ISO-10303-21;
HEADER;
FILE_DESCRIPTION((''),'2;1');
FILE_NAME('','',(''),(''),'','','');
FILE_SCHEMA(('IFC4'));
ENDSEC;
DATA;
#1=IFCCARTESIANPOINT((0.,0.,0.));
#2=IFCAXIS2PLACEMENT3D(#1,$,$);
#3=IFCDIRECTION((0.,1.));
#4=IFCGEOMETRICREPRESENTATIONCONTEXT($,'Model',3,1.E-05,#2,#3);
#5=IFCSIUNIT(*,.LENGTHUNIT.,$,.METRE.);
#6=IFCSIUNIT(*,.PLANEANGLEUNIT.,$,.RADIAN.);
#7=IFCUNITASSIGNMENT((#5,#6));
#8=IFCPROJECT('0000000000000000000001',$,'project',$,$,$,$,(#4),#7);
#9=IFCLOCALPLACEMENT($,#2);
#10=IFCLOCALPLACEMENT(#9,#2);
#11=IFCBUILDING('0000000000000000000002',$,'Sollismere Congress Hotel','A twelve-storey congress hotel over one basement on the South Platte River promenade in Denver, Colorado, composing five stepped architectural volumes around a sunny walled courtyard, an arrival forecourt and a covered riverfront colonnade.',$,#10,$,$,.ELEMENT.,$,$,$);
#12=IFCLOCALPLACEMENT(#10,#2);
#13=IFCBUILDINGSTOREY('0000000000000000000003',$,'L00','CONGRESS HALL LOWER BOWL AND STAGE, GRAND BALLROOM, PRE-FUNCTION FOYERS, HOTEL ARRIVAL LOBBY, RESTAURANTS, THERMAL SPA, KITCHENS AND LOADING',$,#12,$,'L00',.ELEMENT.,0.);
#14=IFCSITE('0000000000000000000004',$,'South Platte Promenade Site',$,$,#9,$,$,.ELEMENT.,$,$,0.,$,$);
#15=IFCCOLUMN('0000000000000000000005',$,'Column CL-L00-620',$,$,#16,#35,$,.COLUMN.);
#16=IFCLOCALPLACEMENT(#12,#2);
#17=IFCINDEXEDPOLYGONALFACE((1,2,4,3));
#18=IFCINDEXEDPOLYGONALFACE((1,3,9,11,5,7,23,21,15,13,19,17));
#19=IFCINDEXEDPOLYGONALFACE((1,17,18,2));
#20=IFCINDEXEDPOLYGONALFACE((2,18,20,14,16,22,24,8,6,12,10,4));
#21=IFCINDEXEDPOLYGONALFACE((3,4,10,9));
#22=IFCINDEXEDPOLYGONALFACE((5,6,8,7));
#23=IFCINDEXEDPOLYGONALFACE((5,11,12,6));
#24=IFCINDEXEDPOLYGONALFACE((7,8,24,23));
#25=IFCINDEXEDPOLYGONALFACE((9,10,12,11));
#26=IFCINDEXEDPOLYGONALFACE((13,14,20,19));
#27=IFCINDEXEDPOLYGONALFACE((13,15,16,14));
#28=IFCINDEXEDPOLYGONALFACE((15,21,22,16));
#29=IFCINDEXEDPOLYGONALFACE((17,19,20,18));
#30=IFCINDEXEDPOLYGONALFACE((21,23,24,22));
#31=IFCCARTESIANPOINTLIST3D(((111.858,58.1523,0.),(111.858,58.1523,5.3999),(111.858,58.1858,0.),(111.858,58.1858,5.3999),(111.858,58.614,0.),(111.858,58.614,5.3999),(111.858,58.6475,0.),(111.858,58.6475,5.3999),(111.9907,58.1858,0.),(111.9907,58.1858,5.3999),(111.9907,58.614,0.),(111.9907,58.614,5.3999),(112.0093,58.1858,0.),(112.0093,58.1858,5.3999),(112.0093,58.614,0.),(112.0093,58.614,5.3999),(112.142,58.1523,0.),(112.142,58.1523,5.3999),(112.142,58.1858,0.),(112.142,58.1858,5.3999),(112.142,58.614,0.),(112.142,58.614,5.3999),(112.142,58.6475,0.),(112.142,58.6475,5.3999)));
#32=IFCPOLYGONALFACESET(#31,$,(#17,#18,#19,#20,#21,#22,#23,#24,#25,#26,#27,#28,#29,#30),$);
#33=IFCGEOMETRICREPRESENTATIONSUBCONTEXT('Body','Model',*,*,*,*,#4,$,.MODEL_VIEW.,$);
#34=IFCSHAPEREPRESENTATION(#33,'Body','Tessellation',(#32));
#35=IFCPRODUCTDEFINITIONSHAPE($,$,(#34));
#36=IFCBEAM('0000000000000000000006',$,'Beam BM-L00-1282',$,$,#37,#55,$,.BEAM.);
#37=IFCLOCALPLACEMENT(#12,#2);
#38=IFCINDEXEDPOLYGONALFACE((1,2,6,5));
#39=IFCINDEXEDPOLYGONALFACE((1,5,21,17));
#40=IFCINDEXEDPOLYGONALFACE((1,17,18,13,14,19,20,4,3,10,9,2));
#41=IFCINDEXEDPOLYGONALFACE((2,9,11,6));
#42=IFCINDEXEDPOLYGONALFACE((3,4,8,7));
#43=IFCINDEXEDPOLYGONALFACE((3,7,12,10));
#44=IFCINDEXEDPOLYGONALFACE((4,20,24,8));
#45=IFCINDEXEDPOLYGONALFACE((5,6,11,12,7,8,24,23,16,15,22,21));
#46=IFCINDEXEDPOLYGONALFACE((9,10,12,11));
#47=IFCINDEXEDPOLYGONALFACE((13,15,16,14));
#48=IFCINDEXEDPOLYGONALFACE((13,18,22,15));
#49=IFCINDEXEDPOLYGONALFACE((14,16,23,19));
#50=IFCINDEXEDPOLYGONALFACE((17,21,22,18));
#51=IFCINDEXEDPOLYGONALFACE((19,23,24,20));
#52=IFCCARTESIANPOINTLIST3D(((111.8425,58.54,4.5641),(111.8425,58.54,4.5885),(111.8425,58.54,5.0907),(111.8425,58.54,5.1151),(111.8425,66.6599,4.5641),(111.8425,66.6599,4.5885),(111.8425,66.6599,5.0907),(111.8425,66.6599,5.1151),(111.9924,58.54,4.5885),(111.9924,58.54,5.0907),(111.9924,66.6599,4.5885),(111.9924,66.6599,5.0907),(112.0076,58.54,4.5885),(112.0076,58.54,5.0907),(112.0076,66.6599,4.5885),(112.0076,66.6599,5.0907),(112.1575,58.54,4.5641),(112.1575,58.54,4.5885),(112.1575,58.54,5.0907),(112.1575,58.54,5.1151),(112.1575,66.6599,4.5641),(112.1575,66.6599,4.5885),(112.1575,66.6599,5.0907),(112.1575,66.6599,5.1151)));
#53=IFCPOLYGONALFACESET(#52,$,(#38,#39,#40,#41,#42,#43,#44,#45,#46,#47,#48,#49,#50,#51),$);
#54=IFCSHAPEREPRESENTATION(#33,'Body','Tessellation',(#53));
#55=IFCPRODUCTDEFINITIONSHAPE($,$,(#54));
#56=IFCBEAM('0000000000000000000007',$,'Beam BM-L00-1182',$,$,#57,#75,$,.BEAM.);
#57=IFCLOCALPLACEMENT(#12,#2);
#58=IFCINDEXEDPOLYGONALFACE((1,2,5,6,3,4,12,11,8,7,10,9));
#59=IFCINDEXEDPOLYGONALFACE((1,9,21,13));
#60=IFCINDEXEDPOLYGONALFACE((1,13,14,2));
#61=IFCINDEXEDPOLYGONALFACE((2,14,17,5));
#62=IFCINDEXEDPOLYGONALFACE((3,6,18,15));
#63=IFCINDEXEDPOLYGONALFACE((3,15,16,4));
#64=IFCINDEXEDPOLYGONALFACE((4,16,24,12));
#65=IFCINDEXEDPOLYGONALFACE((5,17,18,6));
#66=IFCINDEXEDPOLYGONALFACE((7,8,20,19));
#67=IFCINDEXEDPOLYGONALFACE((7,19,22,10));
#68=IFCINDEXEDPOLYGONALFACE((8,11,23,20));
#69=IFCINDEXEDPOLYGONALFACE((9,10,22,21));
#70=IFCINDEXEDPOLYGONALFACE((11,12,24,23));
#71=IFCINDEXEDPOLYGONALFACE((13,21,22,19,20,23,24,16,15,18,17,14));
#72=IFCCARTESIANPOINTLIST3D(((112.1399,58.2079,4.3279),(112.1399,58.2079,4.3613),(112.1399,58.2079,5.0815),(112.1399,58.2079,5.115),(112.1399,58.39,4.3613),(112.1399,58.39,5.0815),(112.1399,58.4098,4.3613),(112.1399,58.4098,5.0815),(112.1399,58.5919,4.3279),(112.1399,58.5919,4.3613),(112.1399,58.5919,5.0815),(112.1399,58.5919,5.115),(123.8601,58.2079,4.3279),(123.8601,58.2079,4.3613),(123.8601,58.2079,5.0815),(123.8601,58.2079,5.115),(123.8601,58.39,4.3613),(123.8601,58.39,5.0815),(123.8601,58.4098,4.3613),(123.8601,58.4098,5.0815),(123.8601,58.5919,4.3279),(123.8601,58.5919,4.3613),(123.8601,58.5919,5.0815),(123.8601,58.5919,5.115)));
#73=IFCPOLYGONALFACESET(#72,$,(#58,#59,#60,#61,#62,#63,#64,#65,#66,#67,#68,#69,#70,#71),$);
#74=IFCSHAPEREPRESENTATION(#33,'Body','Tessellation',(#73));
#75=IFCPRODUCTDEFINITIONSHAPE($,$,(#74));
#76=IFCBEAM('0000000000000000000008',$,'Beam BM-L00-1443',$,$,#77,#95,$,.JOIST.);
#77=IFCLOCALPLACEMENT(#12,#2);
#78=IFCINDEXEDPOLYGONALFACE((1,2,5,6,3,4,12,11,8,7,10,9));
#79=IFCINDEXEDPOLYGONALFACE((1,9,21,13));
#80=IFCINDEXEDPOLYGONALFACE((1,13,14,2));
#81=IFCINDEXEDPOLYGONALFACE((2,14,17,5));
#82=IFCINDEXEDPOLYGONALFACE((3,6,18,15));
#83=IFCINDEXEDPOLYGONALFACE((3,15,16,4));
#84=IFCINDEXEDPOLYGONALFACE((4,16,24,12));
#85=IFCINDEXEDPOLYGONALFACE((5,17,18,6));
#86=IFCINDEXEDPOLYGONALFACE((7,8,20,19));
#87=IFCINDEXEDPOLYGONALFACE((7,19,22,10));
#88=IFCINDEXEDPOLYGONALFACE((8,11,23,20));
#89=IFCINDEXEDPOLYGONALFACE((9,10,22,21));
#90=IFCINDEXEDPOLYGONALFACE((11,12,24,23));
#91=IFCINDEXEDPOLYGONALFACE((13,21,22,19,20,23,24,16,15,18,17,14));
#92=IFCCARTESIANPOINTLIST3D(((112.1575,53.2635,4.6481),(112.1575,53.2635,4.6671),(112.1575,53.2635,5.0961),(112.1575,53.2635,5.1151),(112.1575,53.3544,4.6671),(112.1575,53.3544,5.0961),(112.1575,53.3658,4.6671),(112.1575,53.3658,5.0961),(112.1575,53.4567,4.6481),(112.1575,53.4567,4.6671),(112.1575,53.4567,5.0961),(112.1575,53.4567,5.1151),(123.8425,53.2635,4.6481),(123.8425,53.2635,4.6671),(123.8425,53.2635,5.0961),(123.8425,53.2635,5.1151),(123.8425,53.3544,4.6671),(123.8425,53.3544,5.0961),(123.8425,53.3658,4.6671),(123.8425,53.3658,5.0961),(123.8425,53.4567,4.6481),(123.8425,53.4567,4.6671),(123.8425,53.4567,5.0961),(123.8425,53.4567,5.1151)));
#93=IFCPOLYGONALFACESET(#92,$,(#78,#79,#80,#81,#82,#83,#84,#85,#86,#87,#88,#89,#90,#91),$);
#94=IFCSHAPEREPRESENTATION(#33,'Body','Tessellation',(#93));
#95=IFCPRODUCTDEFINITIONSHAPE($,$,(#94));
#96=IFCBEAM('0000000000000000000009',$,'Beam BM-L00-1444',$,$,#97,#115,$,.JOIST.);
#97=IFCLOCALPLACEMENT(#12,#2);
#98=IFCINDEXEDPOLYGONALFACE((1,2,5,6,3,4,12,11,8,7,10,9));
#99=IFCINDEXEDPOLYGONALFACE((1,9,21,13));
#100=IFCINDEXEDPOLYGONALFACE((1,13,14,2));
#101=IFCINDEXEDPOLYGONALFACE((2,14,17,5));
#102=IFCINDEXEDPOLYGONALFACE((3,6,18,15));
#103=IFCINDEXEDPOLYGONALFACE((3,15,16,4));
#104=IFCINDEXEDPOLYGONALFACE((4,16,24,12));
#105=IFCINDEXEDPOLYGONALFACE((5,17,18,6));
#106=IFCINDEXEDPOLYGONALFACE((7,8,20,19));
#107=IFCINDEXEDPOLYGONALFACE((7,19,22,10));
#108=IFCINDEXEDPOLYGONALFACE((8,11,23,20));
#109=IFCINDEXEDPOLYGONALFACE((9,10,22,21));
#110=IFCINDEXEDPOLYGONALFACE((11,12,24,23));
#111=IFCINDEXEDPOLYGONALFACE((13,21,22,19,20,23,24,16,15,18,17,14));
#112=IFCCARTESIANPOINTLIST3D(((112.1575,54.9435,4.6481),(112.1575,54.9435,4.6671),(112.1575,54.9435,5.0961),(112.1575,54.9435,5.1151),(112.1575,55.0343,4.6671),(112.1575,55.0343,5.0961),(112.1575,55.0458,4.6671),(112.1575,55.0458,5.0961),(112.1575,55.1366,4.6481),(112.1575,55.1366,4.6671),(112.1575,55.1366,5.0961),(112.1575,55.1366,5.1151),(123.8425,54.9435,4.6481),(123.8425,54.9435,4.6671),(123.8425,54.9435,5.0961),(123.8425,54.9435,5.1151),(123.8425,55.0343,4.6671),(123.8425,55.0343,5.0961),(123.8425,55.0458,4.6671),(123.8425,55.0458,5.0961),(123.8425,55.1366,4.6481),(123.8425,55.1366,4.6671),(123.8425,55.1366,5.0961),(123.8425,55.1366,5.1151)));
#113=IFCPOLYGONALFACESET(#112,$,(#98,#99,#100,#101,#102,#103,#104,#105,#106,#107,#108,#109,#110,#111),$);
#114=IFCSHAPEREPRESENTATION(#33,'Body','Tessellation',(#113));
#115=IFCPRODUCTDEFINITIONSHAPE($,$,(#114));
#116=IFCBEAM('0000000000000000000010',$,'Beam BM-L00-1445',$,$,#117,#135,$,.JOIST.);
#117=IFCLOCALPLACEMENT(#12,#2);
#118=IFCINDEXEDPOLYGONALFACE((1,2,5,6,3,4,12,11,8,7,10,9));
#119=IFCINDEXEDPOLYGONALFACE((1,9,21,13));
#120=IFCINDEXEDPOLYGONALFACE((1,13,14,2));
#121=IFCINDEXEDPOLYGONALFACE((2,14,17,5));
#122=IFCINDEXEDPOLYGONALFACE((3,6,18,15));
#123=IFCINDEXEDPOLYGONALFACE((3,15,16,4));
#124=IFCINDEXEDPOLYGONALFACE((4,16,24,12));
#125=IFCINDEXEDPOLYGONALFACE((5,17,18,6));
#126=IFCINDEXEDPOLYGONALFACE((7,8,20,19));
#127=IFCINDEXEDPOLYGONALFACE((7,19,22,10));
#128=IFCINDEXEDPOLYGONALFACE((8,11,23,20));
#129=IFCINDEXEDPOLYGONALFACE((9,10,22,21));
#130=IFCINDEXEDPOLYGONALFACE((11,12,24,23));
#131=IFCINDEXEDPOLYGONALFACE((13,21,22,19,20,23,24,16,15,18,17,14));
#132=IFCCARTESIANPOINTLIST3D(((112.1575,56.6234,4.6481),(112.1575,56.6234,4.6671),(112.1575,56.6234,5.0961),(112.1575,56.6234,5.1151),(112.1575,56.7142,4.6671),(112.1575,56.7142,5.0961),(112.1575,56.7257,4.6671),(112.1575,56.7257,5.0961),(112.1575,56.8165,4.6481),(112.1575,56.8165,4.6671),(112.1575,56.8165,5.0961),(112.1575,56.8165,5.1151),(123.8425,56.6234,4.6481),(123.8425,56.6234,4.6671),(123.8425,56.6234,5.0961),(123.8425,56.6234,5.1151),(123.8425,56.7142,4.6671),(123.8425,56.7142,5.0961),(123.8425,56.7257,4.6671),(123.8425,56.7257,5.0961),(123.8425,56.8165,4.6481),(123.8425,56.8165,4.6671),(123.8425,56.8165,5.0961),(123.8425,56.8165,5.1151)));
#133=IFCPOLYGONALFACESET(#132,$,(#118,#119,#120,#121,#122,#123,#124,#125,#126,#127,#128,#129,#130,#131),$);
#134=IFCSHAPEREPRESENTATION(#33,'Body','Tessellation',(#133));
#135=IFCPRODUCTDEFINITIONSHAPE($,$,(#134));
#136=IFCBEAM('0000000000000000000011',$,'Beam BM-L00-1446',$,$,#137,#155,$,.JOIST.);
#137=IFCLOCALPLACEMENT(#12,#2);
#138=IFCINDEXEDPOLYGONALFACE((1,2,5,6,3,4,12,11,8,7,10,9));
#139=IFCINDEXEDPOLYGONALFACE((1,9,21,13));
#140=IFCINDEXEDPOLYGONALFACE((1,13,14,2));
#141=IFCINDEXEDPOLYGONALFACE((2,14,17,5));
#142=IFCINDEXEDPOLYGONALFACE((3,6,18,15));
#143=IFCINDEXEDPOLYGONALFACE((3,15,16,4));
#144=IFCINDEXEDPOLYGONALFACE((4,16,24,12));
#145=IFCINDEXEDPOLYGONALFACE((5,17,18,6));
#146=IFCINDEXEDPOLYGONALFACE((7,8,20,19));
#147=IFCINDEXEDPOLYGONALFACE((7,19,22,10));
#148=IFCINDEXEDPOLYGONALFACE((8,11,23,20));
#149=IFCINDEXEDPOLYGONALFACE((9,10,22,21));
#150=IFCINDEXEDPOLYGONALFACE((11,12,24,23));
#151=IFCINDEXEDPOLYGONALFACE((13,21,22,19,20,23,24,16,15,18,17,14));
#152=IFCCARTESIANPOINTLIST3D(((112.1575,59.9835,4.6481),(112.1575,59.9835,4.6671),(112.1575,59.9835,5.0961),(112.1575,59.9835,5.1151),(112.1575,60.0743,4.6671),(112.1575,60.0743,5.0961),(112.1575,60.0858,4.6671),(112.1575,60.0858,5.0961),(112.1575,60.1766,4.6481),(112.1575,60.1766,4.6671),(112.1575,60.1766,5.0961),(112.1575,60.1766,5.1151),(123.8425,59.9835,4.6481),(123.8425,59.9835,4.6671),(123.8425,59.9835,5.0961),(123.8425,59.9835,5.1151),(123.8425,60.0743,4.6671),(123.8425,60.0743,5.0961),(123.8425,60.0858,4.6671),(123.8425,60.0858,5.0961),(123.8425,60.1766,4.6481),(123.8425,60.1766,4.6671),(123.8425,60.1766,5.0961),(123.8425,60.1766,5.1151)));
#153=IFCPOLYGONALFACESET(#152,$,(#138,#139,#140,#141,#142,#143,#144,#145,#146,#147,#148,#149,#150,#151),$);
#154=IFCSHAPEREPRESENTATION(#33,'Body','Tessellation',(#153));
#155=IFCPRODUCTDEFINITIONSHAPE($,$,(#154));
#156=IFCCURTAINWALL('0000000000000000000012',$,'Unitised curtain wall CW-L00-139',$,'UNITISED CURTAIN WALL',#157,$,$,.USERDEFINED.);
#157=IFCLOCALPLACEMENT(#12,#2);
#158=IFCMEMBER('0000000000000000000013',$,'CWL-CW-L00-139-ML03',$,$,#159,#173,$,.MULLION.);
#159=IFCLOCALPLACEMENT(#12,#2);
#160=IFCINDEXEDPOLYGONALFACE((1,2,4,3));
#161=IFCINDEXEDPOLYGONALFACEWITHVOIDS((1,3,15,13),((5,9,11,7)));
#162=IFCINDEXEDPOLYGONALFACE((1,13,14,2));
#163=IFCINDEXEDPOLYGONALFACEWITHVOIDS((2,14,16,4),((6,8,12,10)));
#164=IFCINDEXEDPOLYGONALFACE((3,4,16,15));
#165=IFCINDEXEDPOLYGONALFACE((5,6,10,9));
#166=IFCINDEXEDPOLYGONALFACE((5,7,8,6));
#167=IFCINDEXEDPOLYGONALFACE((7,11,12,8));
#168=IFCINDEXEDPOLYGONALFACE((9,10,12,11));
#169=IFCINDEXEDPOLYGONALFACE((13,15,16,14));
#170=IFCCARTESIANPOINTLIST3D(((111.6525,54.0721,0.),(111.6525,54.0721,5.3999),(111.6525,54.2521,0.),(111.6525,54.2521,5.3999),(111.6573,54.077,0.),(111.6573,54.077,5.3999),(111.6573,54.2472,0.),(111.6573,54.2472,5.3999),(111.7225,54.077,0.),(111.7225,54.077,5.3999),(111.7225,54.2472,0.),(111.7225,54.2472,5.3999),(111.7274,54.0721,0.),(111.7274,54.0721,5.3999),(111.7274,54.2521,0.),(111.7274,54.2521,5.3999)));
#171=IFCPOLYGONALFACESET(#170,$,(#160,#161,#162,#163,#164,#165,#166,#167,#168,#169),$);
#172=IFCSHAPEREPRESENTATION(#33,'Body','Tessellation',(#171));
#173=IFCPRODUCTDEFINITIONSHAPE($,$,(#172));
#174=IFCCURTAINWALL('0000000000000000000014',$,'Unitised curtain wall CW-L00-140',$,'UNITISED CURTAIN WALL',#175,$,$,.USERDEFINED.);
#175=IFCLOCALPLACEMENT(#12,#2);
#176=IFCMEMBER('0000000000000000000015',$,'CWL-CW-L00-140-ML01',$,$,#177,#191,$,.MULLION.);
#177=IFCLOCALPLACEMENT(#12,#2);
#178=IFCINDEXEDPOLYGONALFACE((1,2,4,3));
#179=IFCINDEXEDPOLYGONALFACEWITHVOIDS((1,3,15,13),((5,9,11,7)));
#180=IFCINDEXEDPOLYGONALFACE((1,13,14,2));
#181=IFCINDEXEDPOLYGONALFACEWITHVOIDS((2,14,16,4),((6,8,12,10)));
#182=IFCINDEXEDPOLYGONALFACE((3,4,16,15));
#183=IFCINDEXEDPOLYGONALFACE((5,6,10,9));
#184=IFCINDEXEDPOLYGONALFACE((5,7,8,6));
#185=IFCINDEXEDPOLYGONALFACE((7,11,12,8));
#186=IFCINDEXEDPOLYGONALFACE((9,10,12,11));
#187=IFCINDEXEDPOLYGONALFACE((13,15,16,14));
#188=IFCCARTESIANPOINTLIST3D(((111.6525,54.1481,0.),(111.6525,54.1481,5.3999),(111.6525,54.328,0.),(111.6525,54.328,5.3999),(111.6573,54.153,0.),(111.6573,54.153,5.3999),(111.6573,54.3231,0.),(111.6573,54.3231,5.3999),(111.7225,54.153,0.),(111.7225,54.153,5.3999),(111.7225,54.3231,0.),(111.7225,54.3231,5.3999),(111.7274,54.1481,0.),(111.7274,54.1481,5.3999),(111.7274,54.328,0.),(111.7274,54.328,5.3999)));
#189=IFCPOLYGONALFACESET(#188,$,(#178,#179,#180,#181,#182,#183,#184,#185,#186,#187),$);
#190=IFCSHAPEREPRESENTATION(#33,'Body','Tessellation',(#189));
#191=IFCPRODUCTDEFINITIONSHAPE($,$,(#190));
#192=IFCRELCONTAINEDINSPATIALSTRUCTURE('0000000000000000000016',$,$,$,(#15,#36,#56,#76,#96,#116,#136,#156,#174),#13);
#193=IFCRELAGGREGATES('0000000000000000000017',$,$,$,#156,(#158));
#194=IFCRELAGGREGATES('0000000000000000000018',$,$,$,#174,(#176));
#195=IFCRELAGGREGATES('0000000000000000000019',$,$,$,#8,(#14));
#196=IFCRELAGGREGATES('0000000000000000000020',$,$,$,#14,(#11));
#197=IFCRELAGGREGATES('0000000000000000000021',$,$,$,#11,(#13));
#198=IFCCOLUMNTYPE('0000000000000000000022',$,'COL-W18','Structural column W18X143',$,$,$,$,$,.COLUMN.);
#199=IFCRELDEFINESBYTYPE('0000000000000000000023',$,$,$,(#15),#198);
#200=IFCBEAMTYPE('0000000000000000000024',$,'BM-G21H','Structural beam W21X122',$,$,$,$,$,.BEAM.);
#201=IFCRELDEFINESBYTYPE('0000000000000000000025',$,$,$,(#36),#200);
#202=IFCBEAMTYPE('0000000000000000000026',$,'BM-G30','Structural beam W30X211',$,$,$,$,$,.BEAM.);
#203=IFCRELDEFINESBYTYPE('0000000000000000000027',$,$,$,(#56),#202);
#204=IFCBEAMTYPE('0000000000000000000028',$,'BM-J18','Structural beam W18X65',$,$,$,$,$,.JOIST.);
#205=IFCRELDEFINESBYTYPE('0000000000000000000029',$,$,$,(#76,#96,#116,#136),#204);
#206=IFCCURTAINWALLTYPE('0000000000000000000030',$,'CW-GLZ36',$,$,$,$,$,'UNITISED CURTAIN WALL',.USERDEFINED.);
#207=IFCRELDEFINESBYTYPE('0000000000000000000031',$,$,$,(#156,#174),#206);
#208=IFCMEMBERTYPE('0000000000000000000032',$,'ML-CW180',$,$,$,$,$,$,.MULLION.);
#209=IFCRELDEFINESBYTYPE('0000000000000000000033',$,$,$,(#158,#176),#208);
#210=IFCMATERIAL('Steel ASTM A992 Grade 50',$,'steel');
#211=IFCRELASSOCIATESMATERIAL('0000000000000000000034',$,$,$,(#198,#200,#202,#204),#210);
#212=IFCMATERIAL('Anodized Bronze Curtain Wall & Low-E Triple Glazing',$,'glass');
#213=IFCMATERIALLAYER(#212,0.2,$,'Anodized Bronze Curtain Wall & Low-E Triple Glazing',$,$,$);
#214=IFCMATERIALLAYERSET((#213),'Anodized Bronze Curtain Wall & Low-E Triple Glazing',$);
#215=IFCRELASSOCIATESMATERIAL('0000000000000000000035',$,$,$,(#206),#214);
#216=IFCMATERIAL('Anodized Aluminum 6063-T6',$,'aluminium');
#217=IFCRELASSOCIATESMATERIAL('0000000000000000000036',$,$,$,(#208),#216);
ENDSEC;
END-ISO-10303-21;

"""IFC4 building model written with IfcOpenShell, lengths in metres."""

from ifc_helpers import new_model, si_unit, direction, frame, origin, origin_2d, place, context, subcontext, project, spatial, hollow_rectangle, i_section, extrude, material, layer, layer_set, material_profile, profile_set, type_object, element, aggregate, save


model = new_model("IFC4")

# Units and contexts
model_context = context("Model", 3, precision=1e-05, world=origin(), true_north=direction((0.0, 1.0)))
body_context = subcontext(model_context, "Body", "Model", "MODEL_VIEW")
ifc_project = project(units=[si_unit("LENGTHUNIT", "METRE"), si_unit("PLANEANGLEUNIT", "RADIAN")], contexts=[model_context])

# Site, building, storey
site_placement = place(None, origin())
site = spatial("IfcSite", under=ifc_project, at=site_placement, Name="South Platte Promenade Site", CompositionType="ELEMENT", RefElevation=0.0)
building_placement = place(site_placement, origin())
building = spatial("IfcBuilding", under=site, at=building_placement, Name="Sollismere Congress Hotel", Description="A twelve-storey congress hotel over one basement on the South Platte River promenade in Denver, Colorado, composing five stepped architectural volumes around a sunny walled courtyard, an arrival forecourt and a covered riverfront colonnade.", CompositionType="ELEMENT")
storey_placement = place(building_placement, origin())
storey = spatial("IfcBuildingStorey", under=building, at=storey_placement, Name="L00", Description="CONGRESS HALL LOWER BOWL AND STAGE, GRAND BALLROOM, PRE-FUNCTION FOYERS, HOTEL ARRIVAL LOBBY, RESTAURANTS, THERMAL SPA, KITCHENS AND LOADING", LongName="L00", CompositionType="ELEMENT", Elevation=0.0)

# Column
ifc_material_1 = material(Name="Steel ASTM A992 Grade 50", Category="steel")
ifc_material_profile_1 = material_profile(ifc_material_1, i_section(OverallWidth=0.2839, OverallDepth=0.4951, WebThickness=0.0186, FlangeThickness=0.0334, at=origin_2d()), Name="W18X143")
ifc_profile_set_1 = profile_set([ifc_material_profile_1], Name="Steel ASTM A992 Grade 50")
column_type = type_object("IfcColumnType", Name="COL-W18", Description="Structural column W18X143", PredefinedType="COLUMN", material=ifc_profile_set_1)
column_placement = place(storey_placement, frame((112.0, 58.3999, 0.0), z_axis=(0.0, 0.0, 1.0), x_axis=(1.0, 0.0, 0.0)))
element("IfcColumn", 1, at=column_placement, inside=storey, type_object=column_type, Name="Column CL-L00-620", PredefinedType="COLUMN", context=body_context, shape_type="SweptSolid", body=[
    extrude(i_section(OverallWidth=0.2839, OverallDepth=0.4951, WebThickness=0.0186, FlangeThickness=0.0334, at=origin_2d()), origin(), (0.0, 0.0, 1.0), 5.3999),
])

# Beams
ifc_material_profile_2 = material_profile(ifc_material_1, i_section(OverallWidth=0.3149, OverallDepth=0.551, WebThickness=0.0151, FlangeThickness=0.0244, at=origin_2d()), Name="W21X122")
ifc_profile_set_2 = profile_set([ifc_material_profile_2], Name="Steel ASTM A992 Grade 50")
beam_type_1 = type_object("IfcBeamType", Name="BM-G21H", Description="Structural beam W21X122", PredefinedType="BEAM", material=ifc_profile_set_2)
beam_1_placement = place(storey_placement, frame((112.0, 58.54, 4.8396), z_axis=(0.0, 1.0, 0.0), x_axis=(-1.0, 0.0, 0.0)))
element("IfcBeam", 2, at=beam_1_placement, inside=storey, type_object=beam_type_1, Name="Beam BM-L00-1282", PredefinedType="BEAM", context=body_context, shape_type="SweptSolid", body=[
    extrude(i_section(OverallWidth=0.3149, OverallDepth=0.551, WebThickness=0.0151, FlangeThickness=0.0244, at=origin_2d()), origin(), (0.0, 0.0, 1.0), 8.1199),
])
ifc_material_profile_3 = material_profile(ifc_material_1, i_section(OverallWidth=0.384, OverallDepth=0.7871, WebThickness=0.0198, FlangeThickness=0.0334, at=origin_2d()), Name="W30X211")
ifc_profile_set_3 = profile_set([ifc_material_profile_3], Name="Steel ASTM A992 Grade 50")
beam_type_2 = type_object("IfcBeamType", Name="BM-G30", Description="Structural beam W30X211", PredefinedType="BEAM", material=ifc_profile_set_3)
beam_2_placement = place(storey_placement, frame((112.1399, 58.3999, 4.7214), z_axis=(1.0, 0.0, 0.0), x_axis=(0.0, 1.0, 0.0)))
element("IfcBeam", 3, at=beam_2_placement, inside=storey, type_object=beam_type_2, Name="Beam BM-L00-1182", PredefinedType="BEAM", context=body_context, shape_type="SweptSolid", body=[
    extrude(i_section(OverallWidth=0.384, OverallDepth=0.7871, WebThickness=0.0198, FlangeThickness=0.0334, at=origin_2d()), origin(), (0.0, 0.0, 1.0), 11.7202),
])
ifc_material_profile_4 = material_profile(ifc_material_1, i_section(OverallWidth=0.1931, OverallDepth=0.467, WebThickness=0.0115, FlangeThickness=0.019, at=origin_2d()), Name="W18X65")
ifc_profile_set_4 = profile_set([ifc_material_profile_4], Name="Steel ASTM A992 Grade 50")
beam_type_3 = type_object("IfcBeamType", Name="BM-J18", Description="Structural beam W18X65", PredefinedType="JOIST", material=ifc_profile_set_4)
for number, where, z_axis, x_axis, name in (
    (4, (112.1575, 53.3601, 4.8816), (1.0, 0.0, 0.0), (0.0, 1.0, 0.0), "Beam BM-L00-1443"),
    (5, (112.1575, 55.04, 4.8816), (1.0, 0.0, 0.0), (0.0, 1.0, 0.0), "Beam BM-L00-1444"),
    (6, (112.1575, 56.72, 4.8816), (1.0, 0.0, 0.0), (0.0, 1.0, 0.0), "Beam BM-L00-1445"),
    (7, (112.1575, 60.0801, 4.8816), (1.0, 0.0, 0.0), (0.0, 1.0, 0.0), "Beam BM-L00-1446"),
):
    element("IfcBeam", number, at=place(storey_placement, frame(where, z_axis=z_axis, x_axis=x_axis)), inside=storey, type_object=beam_type_3, Name=name, PredefinedType="JOIST", context=body_context, shape_type="SweptSolid", body=[
        extrude(i_section(OverallWidth=0.1931, OverallDepth=0.467, WebThickness=0.0115, FlangeThickness=0.019, at=origin_2d()), origin(), (0.0, 0.0, 1.0), 11.6851),
    ])

# Curtain wall, member
ifc_material_2 = material(Name="Anodized Bronze Curtain Wall & Low-E Triple Glazing", Category="glass")
ifc_layer_1 = layer(ifc_material_2, 0.2, Name="Anodized Bronze Curtain Wall & Low-E Triple Glazing")
ifc_layer_set_1 = layer_set([ifc_layer_1], Name="Anodized Bronze Curtain Wall & Low-E Triple Glazing")
curtain_wall_type = type_object("IfcCurtainWallType", Name="CW-GLZ36", ElementType="UNITISED CURTAIN WALL", PredefinedType="USERDEFINED", material=ifc_layer_set_1)
curtain_wall_1_placement = place(storey_placement, origin())
curtain_wall_1 = element("IfcCurtainWall", 8, at=curtain_wall_1_placement, inside=storey, type_object=curtain_wall_type, Name="Unitised curtain wall CW-L00-139", ObjectType="UNITISED CURTAIN WALL", PredefinedType="USERDEFINED")
ifc_material_3 = material(Name="Anodized Aluminum 6063-T6", Category="aluminium")
ifc_material_profile_5 = material_profile(ifc_material_3, hollow_rectangle(XDim=0.075, YDim=0.1799, WallThickness=0.0049, at=origin_2d()), Name="ALU180X75X5")
ifc_profile_set_5 = profile_set([ifc_material_profile_5], Name="Anodized Aluminum 6063-T6")
member_type_1 = type_object("IfcMemberType", Name="ML-CW180", PredefinedType="MULLION", material=ifc_profile_set_5)
member_1_placement = place(storey_placement, frame((111.6899, 54.1621, 0.0), z_axis=(0.0, 0.0, 1.0), x_axis=(-1.0, 0.0, 0.0)))
member_1 = element("IfcMember", 9, at=member_1_placement, type_object=member_type_1, Name="CWL-CW-L00-139-ML03", PredefinedType="MULLION", context=body_context, shape_type="SweptSolid", body=[
    extrude(hollow_rectangle(XDim=0.075, YDim=0.1799, WallThickness=0.0049, at=origin_2d()), origin(), (0.0, 0.0, 1.0), 5.3999),
])

# Curtain wall, member
curtain_wall_2_placement = place(storey_placement, origin())
curtain_wall_2 = element("IfcCurtainWall", 10, at=curtain_wall_2_placement, inside=storey, type_object=curtain_wall_type, Name="Unitised curtain wall CW-L00-140", ObjectType="UNITISED CURTAIN WALL", PredefinedType="USERDEFINED")
member_2_placement = place(storey_placement, frame((111.6899, 54.238, 0.0), z_axis=(0.0, 0.0, 1.0), x_axis=(-1.0, 0.0, 0.0)))
member_2 = element("IfcMember", 11, at=member_2_placement, type_object=member_type_1, Name="CWL-CW-L00-140-ML01", PredefinedType="MULLION", context=body_context, shape_type="SweptSolid", body=[
    extrude(hollow_rectangle(XDim=0.075, YDim=0.1799, WallThickness=0.0049, at=origin_2d()), origin(), (0.0, 0.0, 1.0), 5.3999),
])

aggregate(curtain_wall_1, [member_1])
aggregate(curtain_wall_2, [member_2])

save(model, "model.ifc")
